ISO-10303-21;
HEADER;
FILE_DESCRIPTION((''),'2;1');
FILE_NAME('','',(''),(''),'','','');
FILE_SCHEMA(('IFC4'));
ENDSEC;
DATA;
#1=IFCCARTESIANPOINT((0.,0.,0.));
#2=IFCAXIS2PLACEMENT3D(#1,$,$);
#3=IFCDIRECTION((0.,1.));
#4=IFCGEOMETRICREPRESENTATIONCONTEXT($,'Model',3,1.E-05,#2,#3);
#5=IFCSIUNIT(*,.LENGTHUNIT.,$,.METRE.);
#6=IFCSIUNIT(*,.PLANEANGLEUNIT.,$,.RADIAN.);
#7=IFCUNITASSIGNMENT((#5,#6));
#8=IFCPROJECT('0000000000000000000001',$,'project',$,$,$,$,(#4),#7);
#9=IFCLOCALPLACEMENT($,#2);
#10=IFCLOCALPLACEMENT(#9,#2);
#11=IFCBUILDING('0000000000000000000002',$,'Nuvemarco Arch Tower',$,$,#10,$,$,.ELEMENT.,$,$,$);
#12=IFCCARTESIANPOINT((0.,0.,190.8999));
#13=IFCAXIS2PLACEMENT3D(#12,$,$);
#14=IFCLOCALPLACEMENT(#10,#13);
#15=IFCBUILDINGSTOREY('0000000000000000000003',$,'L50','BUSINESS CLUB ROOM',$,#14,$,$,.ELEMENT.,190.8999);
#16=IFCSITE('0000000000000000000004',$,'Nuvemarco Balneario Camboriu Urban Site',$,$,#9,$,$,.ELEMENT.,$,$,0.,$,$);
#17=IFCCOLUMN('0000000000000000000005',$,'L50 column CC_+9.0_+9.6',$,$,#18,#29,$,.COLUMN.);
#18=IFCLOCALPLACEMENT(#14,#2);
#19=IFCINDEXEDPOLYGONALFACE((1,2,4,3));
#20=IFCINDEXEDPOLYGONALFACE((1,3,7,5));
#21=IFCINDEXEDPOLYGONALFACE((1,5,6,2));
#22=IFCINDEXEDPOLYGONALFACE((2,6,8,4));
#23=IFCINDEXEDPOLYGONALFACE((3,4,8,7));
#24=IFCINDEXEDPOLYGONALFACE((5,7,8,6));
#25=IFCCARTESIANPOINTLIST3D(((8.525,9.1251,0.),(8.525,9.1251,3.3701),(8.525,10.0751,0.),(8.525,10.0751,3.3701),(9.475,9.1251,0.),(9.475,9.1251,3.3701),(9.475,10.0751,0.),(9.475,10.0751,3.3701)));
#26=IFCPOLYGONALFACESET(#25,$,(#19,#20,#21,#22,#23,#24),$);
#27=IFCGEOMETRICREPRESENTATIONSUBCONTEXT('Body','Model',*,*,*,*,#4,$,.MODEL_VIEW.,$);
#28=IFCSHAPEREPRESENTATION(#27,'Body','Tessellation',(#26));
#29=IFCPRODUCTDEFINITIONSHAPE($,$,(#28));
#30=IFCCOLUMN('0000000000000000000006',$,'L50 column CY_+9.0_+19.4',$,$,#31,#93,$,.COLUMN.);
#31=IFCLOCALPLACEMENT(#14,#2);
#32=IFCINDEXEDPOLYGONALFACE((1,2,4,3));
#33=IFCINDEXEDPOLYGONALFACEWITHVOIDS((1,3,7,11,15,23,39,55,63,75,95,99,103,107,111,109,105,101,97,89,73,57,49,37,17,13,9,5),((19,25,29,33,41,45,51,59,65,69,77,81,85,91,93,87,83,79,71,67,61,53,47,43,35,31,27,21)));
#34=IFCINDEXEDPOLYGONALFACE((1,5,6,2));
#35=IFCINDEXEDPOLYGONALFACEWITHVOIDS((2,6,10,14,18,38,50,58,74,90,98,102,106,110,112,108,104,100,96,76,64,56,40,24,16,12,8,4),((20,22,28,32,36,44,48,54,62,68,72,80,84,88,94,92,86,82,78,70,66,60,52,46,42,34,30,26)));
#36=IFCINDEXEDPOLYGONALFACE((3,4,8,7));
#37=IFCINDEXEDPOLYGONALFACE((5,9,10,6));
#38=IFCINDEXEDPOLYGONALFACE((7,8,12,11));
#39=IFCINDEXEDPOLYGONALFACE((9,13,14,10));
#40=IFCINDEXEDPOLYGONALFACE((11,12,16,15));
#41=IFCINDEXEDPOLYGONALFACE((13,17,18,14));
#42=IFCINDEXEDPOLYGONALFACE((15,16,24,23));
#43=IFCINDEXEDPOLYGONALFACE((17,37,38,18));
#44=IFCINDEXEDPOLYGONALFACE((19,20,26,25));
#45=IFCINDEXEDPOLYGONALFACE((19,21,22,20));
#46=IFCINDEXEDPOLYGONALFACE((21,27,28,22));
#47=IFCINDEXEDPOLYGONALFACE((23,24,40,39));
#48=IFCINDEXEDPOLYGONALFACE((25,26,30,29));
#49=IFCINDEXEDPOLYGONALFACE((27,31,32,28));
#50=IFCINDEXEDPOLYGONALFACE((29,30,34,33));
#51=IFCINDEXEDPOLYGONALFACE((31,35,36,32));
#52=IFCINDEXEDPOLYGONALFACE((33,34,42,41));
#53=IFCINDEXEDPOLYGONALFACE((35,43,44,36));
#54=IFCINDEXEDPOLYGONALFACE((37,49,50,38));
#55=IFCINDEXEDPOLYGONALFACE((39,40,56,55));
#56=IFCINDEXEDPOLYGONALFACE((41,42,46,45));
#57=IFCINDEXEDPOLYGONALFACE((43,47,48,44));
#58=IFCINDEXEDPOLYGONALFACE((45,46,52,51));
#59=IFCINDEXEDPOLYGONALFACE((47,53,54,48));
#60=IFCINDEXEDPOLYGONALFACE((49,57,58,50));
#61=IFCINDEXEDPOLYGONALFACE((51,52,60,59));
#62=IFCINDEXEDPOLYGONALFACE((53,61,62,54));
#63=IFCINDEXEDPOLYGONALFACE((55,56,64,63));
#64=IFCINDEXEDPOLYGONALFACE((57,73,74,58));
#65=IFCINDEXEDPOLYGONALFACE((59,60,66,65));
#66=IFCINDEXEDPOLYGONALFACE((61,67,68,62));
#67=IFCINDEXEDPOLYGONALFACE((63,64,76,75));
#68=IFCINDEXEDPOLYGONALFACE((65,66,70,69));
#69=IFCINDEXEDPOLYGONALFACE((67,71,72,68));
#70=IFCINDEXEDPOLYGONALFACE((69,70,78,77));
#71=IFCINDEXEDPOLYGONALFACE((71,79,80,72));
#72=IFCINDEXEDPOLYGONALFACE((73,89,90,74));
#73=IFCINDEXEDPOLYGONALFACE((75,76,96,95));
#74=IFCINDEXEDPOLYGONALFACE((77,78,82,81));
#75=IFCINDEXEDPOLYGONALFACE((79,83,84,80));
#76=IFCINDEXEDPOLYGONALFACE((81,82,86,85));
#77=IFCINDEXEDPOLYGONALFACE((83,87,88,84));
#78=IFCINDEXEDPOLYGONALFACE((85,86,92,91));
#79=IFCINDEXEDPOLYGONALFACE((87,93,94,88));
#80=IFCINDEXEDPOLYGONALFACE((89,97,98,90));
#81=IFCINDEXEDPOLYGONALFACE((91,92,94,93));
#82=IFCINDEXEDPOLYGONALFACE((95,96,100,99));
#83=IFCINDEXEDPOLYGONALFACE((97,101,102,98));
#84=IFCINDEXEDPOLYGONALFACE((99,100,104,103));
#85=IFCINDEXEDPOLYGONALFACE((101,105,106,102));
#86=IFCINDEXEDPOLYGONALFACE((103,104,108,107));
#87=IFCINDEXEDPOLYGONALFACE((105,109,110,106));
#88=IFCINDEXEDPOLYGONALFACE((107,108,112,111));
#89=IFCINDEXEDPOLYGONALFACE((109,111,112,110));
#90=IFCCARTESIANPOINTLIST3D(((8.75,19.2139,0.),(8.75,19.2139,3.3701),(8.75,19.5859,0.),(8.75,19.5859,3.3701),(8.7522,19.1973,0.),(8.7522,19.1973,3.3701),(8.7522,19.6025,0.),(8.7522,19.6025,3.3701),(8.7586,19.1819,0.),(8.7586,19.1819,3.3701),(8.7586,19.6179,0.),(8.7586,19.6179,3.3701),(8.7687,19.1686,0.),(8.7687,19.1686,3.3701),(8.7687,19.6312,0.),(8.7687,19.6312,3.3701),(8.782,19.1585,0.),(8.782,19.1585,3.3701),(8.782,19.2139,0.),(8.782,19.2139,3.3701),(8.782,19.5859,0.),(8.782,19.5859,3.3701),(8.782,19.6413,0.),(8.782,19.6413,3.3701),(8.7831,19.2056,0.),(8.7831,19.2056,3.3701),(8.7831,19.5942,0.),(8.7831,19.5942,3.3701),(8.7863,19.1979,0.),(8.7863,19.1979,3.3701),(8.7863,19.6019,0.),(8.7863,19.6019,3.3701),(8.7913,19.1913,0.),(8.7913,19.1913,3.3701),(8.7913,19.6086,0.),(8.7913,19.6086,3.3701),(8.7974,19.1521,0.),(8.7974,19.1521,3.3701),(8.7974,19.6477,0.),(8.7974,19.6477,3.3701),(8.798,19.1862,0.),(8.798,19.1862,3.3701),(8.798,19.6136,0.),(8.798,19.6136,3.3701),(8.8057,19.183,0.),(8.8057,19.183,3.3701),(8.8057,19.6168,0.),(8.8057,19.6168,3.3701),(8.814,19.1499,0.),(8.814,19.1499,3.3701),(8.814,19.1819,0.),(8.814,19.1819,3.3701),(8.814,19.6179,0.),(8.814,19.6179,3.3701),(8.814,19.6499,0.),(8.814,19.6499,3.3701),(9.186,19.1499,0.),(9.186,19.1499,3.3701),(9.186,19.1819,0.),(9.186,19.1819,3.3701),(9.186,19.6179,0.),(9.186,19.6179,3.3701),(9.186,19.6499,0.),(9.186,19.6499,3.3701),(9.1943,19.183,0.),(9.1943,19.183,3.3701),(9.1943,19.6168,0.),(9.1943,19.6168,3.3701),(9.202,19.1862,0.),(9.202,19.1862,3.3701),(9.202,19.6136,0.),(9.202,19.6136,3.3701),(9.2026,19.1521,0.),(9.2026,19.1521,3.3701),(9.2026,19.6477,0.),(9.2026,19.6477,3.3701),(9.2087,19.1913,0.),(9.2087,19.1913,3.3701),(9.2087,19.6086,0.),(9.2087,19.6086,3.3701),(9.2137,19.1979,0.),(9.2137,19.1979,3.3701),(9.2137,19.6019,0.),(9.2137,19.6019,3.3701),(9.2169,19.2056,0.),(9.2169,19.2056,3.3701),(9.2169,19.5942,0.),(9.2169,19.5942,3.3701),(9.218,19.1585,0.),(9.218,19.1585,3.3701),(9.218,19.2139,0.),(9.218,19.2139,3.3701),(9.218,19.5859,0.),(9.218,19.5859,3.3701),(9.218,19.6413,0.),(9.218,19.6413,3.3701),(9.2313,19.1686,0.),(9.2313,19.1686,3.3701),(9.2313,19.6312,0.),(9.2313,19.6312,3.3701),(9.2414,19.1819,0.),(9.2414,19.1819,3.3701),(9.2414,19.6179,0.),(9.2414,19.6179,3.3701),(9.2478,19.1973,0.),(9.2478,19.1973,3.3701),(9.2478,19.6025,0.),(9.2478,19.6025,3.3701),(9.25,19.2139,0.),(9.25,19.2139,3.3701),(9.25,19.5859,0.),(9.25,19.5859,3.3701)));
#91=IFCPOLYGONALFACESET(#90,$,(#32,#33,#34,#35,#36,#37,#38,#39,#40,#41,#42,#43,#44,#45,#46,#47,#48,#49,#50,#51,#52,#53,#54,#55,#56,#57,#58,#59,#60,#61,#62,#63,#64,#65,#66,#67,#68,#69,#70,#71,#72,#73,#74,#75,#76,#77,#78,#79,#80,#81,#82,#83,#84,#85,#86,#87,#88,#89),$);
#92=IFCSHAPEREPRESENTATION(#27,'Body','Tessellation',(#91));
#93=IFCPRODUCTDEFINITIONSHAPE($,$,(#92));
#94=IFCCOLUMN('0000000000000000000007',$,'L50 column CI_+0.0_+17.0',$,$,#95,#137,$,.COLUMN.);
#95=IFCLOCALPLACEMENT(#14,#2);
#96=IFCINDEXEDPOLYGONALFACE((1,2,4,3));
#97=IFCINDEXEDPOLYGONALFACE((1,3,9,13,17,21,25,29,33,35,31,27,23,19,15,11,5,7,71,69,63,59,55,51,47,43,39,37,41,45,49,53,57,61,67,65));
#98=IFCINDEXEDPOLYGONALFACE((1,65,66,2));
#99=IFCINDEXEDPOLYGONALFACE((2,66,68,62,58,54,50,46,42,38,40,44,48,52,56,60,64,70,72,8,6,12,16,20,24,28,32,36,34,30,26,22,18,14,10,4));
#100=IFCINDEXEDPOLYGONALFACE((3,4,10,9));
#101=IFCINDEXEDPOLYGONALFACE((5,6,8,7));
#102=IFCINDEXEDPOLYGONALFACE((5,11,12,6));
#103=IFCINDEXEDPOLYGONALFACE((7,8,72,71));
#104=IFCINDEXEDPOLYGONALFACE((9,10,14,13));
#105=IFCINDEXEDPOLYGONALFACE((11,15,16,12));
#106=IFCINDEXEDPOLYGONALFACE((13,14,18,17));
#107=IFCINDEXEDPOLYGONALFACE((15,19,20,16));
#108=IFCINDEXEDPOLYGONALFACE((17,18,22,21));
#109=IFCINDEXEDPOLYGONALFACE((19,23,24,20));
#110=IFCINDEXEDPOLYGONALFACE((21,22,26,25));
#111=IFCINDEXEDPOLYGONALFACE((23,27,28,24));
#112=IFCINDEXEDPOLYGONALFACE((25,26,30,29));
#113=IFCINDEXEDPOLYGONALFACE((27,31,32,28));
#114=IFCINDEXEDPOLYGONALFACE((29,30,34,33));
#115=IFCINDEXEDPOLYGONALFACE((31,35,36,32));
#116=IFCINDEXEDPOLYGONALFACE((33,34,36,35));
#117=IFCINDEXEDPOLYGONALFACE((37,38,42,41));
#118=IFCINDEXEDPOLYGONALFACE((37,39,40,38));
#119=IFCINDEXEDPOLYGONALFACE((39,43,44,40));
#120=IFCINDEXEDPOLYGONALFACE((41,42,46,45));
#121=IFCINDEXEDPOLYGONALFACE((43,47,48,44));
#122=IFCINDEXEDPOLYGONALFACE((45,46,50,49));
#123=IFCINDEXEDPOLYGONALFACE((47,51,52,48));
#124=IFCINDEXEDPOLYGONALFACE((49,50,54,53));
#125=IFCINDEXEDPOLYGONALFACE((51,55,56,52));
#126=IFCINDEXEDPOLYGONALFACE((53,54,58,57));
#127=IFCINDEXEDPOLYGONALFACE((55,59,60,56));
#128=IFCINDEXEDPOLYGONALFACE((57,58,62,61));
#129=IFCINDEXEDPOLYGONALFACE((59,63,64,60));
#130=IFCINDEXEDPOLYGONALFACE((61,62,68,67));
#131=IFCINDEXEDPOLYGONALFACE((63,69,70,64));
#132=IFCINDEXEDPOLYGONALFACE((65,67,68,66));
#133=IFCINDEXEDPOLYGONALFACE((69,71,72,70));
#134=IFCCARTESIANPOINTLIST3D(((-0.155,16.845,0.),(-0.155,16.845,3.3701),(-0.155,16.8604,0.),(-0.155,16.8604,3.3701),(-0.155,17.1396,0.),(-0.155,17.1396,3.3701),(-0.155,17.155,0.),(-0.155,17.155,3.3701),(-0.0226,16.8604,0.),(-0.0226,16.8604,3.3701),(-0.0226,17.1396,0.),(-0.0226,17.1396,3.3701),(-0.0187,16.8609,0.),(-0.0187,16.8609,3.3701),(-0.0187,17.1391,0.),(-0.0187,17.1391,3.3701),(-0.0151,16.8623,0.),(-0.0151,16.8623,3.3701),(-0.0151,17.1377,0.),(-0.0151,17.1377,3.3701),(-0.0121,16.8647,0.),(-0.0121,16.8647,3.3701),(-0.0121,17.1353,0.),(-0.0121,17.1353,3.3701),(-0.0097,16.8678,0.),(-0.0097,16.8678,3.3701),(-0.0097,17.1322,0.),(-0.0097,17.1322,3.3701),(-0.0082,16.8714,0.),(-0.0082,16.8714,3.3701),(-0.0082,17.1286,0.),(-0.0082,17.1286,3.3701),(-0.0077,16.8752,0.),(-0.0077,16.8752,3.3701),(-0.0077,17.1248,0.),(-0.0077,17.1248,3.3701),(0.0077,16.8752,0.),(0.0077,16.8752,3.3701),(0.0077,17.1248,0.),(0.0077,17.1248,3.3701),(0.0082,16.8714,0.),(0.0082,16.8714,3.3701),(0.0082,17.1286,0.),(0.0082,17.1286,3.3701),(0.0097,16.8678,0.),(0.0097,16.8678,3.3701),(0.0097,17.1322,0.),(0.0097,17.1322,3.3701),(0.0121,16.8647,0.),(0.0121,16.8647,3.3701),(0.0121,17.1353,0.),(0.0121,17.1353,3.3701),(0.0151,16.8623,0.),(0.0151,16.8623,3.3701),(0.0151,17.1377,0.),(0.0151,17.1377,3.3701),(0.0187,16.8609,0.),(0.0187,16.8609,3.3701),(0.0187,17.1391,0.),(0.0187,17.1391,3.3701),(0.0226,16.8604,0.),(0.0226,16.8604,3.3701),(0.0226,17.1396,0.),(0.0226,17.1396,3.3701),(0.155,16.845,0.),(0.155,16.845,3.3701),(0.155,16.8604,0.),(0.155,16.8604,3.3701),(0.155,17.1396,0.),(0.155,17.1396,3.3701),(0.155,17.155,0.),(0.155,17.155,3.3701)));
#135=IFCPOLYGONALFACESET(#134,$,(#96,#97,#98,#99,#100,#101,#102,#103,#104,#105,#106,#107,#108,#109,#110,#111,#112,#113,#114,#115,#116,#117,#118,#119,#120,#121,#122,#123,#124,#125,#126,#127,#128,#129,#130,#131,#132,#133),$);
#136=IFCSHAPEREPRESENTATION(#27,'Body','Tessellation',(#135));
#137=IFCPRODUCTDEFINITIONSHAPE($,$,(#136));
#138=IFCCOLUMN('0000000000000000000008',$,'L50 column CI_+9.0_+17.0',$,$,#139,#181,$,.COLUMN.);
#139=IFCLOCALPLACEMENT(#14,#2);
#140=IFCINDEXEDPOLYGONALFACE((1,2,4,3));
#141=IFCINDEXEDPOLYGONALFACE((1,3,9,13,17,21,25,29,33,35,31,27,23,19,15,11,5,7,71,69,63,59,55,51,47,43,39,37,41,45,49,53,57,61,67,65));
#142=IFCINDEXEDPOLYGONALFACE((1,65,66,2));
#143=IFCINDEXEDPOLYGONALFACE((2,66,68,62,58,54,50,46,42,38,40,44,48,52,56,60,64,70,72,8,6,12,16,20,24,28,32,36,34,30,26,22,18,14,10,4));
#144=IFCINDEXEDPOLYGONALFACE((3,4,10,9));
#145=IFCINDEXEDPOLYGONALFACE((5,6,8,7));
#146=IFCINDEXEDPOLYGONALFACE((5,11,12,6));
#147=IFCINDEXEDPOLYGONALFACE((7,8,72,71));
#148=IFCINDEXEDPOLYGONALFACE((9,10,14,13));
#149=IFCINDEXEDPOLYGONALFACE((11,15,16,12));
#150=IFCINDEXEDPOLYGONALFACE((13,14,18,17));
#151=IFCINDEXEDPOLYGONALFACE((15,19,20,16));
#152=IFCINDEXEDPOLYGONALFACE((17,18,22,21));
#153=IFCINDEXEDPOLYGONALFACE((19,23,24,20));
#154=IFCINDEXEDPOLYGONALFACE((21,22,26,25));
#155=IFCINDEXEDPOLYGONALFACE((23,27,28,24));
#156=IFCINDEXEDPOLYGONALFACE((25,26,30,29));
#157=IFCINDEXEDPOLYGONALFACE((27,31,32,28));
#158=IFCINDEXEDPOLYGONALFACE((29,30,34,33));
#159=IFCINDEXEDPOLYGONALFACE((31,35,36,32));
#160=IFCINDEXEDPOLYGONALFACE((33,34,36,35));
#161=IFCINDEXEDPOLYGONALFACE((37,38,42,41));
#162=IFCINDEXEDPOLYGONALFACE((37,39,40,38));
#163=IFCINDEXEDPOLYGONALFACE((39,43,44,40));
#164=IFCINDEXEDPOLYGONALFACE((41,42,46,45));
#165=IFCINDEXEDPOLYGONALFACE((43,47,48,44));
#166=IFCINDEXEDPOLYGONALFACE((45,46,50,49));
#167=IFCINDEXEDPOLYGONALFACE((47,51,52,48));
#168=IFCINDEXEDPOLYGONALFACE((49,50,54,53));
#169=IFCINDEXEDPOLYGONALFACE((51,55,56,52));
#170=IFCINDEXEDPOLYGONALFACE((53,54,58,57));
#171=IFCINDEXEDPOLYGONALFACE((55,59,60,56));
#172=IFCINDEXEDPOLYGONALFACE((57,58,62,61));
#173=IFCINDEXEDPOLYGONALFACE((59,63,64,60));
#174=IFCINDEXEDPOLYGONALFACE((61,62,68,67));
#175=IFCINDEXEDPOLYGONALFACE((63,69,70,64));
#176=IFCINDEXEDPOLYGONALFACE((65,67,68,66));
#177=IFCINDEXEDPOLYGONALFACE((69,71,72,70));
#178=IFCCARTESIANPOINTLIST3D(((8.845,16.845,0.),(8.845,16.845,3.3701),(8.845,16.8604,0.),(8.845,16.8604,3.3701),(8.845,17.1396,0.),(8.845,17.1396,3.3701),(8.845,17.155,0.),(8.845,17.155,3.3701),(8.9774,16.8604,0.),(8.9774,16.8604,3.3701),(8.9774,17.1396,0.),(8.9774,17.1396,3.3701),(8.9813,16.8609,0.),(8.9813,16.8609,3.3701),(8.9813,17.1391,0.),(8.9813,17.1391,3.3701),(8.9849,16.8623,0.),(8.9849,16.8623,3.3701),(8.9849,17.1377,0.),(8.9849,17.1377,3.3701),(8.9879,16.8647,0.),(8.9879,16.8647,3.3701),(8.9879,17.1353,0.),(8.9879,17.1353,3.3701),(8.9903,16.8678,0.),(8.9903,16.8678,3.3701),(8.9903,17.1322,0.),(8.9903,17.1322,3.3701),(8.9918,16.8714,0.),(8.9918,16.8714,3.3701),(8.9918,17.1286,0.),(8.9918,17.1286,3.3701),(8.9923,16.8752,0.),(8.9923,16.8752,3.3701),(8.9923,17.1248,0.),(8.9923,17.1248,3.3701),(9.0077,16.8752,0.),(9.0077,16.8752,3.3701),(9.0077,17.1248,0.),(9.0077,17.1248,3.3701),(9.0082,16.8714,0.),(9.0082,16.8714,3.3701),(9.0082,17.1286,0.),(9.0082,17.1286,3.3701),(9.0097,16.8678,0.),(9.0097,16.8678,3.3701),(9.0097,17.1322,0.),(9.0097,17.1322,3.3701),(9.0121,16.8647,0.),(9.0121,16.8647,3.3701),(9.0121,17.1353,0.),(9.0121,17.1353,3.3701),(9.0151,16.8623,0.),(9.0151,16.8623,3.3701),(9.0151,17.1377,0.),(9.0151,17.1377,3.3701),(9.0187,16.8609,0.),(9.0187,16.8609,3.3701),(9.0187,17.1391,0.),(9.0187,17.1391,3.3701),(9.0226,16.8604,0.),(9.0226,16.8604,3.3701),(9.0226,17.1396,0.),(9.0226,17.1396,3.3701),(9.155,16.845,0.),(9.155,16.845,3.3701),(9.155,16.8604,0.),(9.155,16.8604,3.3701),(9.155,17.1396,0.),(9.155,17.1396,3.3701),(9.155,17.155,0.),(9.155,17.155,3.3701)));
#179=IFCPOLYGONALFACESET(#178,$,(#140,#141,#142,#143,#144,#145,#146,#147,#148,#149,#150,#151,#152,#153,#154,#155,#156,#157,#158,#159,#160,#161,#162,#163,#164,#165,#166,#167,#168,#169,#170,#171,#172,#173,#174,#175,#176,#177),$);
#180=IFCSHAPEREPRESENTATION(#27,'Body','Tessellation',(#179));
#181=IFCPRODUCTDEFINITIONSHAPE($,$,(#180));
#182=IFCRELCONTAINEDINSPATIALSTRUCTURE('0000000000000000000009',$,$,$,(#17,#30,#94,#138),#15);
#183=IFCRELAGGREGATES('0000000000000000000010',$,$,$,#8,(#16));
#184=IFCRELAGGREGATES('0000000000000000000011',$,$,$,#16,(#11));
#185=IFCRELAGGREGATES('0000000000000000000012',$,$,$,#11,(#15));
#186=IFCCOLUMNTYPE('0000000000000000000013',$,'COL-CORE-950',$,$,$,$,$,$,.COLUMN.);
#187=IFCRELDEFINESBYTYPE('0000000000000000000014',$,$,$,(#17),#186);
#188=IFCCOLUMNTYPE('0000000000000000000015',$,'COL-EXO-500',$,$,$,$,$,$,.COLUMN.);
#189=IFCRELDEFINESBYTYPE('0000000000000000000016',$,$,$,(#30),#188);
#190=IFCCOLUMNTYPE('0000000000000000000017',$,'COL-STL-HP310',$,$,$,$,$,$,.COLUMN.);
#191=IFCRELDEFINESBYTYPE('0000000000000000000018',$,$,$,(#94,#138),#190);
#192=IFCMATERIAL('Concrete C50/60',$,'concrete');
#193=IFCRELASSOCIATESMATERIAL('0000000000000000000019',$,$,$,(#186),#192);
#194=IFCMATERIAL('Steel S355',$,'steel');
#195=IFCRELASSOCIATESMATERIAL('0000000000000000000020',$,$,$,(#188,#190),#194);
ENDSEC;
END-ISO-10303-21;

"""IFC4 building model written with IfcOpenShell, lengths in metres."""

from ifc_helpers import new_model, si_unit, direction, frame, origin, origin_2d, place, context, subcontext, project, spatial, rectangle, hollow_rectangle, i_section, extrude, material, material_profile, profile_set, type_object, element, save


model = new_model("IFC4")

# Units and contexts
model_context = context("Model", 3, precision=1e-05, world=origin(), true_north=direction((0.0, 1.0)))
body_context = subcontext(model_context, "Body", "Model", "MODEL_VIEW")
ifc_project = project(units=[si_unit("LENGTHUNIT", "METRE"), si_unit("PLANEANGLEUNIT", "RADIAN")], contexts=[model_context])

# Site, building, storey
site_placement = place(None, origin())
site = spatial("IfcSite", under=ifc_project, at=site_placement, Name="Nuvemarco Balneario Camboriu Urban Site", CompositionType="ELEMENT", RefElevation=0.0)
building_placement = place(site_placement, origin())
building = spatial("IfcBuilding", under=site, at=building_placement, Name="Nuvemarco Arch Tower", CompositionType="ELEMENT")
storey_placement = place(building_placement, frame((0.0, 0.0, 190.8999)))
storey = spatial("IfcBuildingStorey", under=building, at=storey_placement, Name="L50", Description="BUSINESS CLUB ROOM", CompositionType="ELEMENT", Elevation=190.8999)

# Columns
ifc_material_1 = material(Name="Concrete C50/60", Category="concrete")
ifc_material_profile_1 = material_profile(ifc_material_1, rectangle(XDim=0.95, YDim=0.95, at=origin_2d()), Name="RC-COL-950x950")
ifc_profile_set_1 = profile_set([ifc_material_profile_1], Name="Concrete C50/60")
column_type_1 = type_object("IfcColumnType", Name="COL-CORE-950", PredefinedType="COLUMN", material=ifc_profile_set_1)
column_1_placement = place(storey_placement, frame((9.0, 9.6001, 0.0), z_axis=(0.0, 0.0, 1.0), x_axis=(1.0, 0.0, 0.0)))
element("IfcColumn", 1, at=column_1_placement, inside=storey, type_object=column_type_1, Name="L50 column CC_+9.0_+9.6", PredefinedType="COLUMN", context=body_context, shape_type="SweptSolid", body=[
    extrude(rectangle(XDim=0.95, YDim=0.95, at=origin_2d()), origin(), (0.0, 0.0, 1.0), 3.3701),
])
ifc_material_2 = material(Name="Steel S355", Category="steel")
ifc_material_profile_2 = material_profile(ifc_material_2, hollow_rectangle(XDim=0.5, YDim=0.5, WallThickness=0.032, InnerFilletRadius=0.032, OuterFilletRadius=0.064, at=origin_2d()), Name="SHS500x500x32")
ifc_profile_set_2 = profile_set([ifc_material_profile_2], Name="Steel S355")
column_type_2 = type_object("IfcColumnType", Name="COL-EXO-500", PredefinedType="COLUMN", material=ifc_profile_set_2)
column_2_placement = place(storey_placement, frame((9.0, 19.3999, 0.0), z_axis=(0.0, 0.0, 1.0), x_axis=(1.0, 0.0, 0.0)))
element("IfcColumn", 2, at=column_2_placement, inside=storey, type_object=column_type_2, Name="L50 column CY_+9.0_+19.4", PredefinedType="COLUMN", context=body_context, shape_type="SweptSolid", body=[
    extrude(hollow_rectangle(XDim=0.5, YDim=0.5, WallThickness=0.032, InnerFilletRadius=0.032, OuterFilletRadius=0.064, at=origin_2d()), origin(), (0.0, 0.0, 1.0), 3.3701),
])
ifc_material_profile_3 = material_profile(ifc_material_2, i_section(OverallWidth=0.3101, OverallDepth=0.3101, WebThickness=0.0154, FlangeThickness=0.0154, FilletRadius=0.0149, at=origin_2d()), Name="HP310x110")
ifc_profile_set_3 = profile_set([ifc_material_profile_3], Name="Steel S355")
column_type_3 = type_object("IfcColumnType", Name="COL-STL-HP310", PredefinedType="COLUMN", material=ifc_profile_set_3)
for number, where, z_axis, x_axis, name in (
    (3, (0.0, 17.0, 0.0), (0.0, 0.0, 1.0), (1.0, 0.0, 0.0), "L50 column CI_+0.0_+17.0"),
    (4, (9.0, 17.0, 0.0), (0.0, 0.0, 1.0), (1.0, 0.0, 0.0), "L50 column CI_+9.0_+17.0"),
):
    element("IfcColumn", number, at=place(storey_placement, frame(where, z_axis=z_axis, x_axis=x_axis)), inside=storey, type_object=column_type_3, Name=name, PredefinedType="COLUMN", context=body_context, shape_type="SweptSolid", body=[
        extrude(i_section(OverallWidth=0.3101, OverallDepth=0.3101, WebThickness=0.0154, FlangeThickness=0.0154, FilletRadius=0.0149, at=origin_2d()), origin(), (0.0, 0.0, 1.0), 3.3701),
    ])

save(model, "model.ifc")
